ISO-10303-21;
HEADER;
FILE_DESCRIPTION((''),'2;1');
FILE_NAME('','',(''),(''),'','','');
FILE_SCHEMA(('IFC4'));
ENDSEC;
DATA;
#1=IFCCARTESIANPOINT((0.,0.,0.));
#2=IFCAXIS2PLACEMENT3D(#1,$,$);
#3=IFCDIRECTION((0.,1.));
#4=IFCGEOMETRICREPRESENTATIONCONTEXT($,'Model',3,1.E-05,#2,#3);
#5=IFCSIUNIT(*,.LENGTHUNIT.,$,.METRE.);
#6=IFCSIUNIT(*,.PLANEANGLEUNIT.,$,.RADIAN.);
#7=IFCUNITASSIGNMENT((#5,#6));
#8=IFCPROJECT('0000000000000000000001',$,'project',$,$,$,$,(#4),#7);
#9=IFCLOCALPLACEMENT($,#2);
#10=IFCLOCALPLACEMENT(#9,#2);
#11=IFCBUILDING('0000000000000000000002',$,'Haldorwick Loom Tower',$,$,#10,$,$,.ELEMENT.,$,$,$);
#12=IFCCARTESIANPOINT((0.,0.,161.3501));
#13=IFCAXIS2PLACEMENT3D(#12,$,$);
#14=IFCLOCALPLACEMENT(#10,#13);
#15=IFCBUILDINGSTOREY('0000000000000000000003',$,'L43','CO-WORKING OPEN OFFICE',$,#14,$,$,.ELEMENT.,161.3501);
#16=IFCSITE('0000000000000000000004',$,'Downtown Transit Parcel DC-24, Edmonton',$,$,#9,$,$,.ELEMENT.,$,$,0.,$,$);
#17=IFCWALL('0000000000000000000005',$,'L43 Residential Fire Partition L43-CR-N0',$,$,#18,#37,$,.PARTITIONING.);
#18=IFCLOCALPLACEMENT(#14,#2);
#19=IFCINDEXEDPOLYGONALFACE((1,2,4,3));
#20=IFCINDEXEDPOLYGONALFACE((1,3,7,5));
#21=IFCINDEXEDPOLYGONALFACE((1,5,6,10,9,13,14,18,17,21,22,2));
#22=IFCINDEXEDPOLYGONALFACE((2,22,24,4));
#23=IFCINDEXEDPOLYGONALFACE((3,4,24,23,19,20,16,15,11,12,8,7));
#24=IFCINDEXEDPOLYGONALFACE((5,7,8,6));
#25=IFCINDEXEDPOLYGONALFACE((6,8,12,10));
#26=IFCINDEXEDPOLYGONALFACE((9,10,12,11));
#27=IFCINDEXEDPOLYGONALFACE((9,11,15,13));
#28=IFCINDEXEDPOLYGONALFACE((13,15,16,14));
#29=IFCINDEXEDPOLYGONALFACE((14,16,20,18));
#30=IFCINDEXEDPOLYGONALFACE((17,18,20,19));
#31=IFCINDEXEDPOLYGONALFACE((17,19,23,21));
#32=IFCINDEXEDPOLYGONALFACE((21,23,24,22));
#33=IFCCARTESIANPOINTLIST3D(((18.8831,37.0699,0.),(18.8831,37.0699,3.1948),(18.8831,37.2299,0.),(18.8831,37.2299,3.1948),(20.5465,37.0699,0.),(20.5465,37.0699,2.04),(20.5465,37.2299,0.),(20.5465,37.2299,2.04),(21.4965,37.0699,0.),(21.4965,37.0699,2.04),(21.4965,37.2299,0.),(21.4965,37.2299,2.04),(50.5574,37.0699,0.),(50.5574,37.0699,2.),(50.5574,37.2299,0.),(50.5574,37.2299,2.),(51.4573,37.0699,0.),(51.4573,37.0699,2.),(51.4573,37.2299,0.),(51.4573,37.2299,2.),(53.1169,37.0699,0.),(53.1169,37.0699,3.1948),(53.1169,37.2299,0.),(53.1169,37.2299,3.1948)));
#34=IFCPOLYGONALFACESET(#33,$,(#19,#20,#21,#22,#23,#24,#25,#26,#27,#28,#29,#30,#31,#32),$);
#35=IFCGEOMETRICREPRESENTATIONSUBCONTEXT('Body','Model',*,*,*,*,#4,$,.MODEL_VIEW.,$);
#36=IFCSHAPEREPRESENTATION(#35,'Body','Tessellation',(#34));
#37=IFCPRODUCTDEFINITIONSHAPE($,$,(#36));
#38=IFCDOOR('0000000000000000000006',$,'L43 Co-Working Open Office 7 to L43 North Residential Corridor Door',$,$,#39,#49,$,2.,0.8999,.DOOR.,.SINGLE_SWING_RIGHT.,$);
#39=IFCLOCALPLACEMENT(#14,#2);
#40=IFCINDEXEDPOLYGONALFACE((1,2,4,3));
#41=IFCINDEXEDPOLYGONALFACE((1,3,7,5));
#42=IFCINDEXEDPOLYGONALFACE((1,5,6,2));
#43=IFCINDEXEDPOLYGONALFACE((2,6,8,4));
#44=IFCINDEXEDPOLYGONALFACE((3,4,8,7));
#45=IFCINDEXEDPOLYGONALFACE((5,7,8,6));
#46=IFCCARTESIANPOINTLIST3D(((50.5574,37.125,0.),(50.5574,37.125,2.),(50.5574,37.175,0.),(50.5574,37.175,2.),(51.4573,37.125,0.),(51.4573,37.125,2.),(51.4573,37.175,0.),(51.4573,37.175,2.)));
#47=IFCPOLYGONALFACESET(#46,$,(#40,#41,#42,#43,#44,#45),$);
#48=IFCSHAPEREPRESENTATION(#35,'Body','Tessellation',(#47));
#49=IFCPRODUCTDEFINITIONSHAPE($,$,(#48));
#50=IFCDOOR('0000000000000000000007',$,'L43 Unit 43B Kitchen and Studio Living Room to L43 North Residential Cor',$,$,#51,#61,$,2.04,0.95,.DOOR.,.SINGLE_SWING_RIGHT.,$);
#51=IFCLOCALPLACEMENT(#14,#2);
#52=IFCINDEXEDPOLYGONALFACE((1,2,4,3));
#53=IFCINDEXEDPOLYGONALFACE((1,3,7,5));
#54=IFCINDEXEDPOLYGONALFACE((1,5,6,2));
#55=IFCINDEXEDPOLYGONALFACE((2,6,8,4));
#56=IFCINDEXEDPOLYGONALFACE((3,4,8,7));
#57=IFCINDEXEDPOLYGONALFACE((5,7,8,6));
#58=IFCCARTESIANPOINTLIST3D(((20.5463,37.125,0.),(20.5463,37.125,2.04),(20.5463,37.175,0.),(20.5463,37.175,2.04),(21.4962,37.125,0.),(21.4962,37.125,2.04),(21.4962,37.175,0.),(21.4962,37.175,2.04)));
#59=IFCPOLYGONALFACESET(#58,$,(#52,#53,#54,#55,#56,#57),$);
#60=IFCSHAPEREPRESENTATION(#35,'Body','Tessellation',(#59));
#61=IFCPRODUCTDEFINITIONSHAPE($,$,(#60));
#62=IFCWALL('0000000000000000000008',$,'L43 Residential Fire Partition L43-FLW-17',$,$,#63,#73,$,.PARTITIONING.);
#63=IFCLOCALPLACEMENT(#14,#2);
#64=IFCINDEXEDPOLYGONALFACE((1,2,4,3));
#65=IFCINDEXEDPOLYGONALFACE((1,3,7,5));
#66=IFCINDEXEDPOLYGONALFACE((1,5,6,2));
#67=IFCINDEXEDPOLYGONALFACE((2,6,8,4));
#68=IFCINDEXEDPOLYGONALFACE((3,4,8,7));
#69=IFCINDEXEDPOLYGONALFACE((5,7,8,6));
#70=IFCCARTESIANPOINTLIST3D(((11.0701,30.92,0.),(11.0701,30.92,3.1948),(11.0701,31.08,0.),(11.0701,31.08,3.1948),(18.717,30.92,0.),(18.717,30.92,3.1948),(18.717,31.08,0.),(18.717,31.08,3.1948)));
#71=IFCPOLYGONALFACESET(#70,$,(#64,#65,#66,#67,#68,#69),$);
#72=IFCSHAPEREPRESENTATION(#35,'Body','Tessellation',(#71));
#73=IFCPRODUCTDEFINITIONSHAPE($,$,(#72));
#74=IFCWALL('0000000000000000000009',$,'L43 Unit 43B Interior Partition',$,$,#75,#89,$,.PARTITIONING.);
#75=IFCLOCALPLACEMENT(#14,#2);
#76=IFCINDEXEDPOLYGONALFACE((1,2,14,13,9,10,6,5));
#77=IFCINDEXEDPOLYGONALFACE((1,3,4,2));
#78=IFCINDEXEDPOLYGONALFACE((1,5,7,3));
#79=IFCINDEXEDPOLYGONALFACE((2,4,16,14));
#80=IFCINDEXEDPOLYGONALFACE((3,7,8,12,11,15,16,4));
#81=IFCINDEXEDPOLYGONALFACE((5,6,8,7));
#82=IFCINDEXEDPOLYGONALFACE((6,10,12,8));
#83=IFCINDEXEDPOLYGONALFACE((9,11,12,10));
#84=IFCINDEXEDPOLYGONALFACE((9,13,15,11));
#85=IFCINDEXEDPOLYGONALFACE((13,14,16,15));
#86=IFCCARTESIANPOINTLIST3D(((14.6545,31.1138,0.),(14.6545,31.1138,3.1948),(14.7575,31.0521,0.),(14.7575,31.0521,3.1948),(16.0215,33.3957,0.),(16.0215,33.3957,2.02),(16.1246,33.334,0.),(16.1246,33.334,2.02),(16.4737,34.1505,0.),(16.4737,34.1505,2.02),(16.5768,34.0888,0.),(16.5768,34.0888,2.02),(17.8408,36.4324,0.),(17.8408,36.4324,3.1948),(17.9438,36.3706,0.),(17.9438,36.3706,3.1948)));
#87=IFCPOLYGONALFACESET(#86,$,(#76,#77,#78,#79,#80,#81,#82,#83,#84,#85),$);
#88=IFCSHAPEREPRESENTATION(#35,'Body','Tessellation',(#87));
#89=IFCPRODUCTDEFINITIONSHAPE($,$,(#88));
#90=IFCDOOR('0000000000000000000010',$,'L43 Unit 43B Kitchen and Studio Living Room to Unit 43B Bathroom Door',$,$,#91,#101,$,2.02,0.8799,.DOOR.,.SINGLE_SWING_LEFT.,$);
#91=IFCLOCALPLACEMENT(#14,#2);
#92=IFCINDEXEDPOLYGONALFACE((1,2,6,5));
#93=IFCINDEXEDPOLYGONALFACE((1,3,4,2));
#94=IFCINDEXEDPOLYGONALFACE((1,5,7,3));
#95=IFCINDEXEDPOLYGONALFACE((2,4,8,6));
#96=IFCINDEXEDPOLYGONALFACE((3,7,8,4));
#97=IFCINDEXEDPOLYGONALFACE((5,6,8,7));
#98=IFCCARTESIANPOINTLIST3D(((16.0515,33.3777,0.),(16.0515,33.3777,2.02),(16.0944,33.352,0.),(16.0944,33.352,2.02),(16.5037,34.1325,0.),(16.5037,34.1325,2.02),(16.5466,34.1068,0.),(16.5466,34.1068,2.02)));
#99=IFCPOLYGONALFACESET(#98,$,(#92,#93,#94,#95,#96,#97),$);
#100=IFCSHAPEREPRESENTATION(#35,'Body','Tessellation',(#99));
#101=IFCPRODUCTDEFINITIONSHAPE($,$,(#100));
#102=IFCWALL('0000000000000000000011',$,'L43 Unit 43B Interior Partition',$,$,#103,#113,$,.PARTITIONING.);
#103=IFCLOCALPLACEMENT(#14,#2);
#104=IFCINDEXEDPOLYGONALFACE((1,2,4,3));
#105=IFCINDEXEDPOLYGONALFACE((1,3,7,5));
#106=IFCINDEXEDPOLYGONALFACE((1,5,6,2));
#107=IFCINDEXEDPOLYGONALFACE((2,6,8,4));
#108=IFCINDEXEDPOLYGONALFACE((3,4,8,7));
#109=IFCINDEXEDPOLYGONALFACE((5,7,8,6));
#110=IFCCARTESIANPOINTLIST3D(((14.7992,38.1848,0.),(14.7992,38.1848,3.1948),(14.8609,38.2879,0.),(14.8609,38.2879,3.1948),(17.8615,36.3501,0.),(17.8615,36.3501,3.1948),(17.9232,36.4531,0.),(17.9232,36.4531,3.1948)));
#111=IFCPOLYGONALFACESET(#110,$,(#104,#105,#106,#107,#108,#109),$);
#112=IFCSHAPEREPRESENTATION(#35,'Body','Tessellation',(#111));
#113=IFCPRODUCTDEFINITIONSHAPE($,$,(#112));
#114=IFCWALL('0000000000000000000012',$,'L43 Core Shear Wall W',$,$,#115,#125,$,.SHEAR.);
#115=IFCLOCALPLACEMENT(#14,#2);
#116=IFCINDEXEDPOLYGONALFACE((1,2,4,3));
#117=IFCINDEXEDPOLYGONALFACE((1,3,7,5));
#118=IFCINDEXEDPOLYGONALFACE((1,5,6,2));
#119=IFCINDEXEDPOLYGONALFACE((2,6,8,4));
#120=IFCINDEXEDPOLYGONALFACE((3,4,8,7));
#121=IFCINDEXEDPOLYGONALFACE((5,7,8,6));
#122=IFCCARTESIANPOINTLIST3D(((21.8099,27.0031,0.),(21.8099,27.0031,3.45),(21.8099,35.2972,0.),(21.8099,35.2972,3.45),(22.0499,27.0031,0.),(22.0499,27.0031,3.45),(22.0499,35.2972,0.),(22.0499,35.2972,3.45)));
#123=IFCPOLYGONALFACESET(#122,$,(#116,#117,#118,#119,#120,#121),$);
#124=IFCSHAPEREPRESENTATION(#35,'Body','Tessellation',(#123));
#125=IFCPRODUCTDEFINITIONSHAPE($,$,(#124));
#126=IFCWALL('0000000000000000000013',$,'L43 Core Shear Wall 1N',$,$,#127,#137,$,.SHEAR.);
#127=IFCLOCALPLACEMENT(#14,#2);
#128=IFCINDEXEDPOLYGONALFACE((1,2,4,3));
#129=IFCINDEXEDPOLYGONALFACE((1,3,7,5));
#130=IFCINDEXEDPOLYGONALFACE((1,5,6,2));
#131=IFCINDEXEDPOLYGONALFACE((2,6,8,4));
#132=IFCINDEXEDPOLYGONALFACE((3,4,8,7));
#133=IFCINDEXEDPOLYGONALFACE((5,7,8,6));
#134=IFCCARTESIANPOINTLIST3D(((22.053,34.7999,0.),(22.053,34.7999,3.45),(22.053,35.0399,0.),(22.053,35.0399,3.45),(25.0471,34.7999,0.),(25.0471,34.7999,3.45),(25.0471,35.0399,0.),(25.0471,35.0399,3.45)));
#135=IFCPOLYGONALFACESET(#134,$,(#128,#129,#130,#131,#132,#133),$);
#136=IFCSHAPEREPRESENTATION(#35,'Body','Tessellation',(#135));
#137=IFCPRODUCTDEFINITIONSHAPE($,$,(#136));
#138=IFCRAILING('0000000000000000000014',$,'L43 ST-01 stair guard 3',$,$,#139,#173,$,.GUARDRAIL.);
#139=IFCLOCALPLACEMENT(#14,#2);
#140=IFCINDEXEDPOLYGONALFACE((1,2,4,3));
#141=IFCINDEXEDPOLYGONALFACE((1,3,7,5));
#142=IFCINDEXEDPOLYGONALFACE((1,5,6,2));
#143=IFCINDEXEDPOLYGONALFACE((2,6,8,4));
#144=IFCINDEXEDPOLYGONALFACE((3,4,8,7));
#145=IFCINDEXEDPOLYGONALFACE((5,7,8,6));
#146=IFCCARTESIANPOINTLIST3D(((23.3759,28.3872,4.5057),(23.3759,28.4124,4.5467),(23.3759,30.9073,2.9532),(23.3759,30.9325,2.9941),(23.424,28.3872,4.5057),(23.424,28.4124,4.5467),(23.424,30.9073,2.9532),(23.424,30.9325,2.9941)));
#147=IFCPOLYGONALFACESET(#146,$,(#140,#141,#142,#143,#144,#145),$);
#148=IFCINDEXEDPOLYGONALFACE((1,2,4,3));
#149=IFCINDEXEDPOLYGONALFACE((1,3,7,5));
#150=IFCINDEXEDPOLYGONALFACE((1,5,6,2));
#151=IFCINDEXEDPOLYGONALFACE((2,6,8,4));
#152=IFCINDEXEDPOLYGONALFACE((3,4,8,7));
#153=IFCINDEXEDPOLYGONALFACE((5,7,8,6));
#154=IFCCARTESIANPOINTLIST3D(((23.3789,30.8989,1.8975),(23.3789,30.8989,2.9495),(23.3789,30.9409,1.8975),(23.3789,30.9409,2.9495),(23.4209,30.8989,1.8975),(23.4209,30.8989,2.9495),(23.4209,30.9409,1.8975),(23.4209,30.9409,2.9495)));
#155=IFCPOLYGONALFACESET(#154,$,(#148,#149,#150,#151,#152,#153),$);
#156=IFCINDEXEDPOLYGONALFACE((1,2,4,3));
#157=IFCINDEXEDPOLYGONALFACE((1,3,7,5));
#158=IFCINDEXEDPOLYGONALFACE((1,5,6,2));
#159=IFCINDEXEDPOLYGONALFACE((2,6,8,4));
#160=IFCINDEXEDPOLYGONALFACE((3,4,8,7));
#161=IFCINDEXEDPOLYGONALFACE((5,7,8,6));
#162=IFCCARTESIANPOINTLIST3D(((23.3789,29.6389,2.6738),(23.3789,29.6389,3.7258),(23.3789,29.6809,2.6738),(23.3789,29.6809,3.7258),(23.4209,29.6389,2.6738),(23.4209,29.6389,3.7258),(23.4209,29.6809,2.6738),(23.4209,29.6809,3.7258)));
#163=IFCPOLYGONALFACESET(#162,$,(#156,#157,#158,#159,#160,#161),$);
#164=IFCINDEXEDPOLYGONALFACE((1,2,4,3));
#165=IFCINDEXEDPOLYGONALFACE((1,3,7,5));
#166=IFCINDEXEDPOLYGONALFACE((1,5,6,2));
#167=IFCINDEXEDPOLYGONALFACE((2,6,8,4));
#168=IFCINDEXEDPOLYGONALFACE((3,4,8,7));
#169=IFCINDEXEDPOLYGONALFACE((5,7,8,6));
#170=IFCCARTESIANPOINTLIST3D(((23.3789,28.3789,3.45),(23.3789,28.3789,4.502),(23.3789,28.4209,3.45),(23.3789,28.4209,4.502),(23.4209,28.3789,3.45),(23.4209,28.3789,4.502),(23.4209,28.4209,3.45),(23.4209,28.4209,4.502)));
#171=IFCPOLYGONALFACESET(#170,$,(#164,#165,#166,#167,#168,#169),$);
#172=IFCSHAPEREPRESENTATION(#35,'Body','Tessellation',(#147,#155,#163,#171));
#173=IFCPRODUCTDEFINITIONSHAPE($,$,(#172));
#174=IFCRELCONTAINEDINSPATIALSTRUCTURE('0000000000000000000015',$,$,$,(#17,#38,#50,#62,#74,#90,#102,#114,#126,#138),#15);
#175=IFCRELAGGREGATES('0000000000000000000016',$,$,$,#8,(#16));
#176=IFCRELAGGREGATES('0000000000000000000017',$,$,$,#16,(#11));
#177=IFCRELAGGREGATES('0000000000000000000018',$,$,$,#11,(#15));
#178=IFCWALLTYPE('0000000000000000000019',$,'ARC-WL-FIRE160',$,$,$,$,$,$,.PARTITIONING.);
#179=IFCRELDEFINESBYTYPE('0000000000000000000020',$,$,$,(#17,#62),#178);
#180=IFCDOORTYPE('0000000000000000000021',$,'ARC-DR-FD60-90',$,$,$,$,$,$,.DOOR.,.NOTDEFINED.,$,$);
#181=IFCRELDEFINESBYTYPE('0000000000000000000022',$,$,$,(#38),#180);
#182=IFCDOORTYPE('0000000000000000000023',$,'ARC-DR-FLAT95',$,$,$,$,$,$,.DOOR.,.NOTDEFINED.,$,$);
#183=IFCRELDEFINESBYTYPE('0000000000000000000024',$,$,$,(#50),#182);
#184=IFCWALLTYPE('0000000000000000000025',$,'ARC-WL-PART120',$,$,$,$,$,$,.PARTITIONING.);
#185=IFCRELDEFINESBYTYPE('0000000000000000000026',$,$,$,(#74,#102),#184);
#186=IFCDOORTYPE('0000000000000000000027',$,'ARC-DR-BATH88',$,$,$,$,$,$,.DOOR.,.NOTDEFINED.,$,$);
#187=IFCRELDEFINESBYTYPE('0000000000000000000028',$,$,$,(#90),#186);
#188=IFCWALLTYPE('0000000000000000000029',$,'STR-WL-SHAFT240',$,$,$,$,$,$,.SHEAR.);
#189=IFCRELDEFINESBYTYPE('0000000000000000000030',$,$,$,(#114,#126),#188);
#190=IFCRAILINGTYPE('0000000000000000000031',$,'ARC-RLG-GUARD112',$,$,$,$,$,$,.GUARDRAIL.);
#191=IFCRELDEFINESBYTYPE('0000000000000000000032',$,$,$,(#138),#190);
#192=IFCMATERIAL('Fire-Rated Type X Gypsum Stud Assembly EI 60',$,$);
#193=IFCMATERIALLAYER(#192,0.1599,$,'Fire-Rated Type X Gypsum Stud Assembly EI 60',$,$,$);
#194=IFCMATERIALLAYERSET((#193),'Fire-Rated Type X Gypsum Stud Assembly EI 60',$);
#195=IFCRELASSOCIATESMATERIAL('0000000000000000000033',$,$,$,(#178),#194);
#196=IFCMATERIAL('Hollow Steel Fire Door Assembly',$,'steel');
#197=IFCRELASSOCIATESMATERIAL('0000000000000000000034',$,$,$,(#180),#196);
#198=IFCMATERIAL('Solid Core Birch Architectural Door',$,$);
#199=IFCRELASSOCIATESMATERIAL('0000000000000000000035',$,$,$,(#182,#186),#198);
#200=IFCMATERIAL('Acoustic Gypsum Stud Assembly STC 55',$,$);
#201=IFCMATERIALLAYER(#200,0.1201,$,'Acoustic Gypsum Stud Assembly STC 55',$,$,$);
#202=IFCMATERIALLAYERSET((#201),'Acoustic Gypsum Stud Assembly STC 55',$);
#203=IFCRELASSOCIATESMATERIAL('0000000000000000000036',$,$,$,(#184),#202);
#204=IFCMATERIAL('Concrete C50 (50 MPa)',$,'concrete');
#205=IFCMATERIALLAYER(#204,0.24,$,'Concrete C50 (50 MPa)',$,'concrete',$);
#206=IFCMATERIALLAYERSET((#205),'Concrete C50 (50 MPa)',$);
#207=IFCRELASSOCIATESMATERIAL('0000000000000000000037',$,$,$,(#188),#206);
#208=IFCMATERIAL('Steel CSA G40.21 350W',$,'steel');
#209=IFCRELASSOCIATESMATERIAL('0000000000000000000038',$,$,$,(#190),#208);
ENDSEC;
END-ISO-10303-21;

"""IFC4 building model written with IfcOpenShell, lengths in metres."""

from ifc_helpers import new_model, si_unit, direction, frame, frame_2d, origin, origin_2d, place, context, subcontext, project, spatial, rectangle, extrude, material, layer, layer_set, type_object, element, fill, save


model = new_model("IFC4")

# Units and contexts
model_context = context("Model", 3, precision=1e-05, world=origin(), true_north=direction((0.0, 1.0)))
body_context = subcontext(model_context, "Body", "Model", "MODEL_VIEW")
ifc_project = project(units=[si_unit("LENGTHUNIT", "METRE"), si_unit("PLANEANGLEUNIT", "RADIAN")], contexts=[model_context])

# Site, building, storey
site_placement = place(None, origin())
site = spatial("IfcSite", under=ifc_project, at=site_placement, Name="Downtown Transit Parcel DC-24, Edmonton", CompositionType="ELEMENT", RefElevation=0.0)
building_placement = place(site_placement, origin())
building = spatial("IfcBuilding", under=site, at=building_placement, Name="Haldorwick Loom Tower", CompositionType="ELEMENT")
storey_placement = place(building_placement, frame((0.0, 0.0, 161.3501)))
storey = spatial("IfcBuildingStorey", under=building, at=storey_placement, Name="L43", Description="CO-WORKING OPEN OFFICE", CompositionType="ELEMENT", Elevation=161.3501)

# Shared definitions
ifc_material_1 = material(Name="Steel CSA G40.21 350W", Category="steel")

# Shared definitions
ifc_material_2 = material(Name="Fire-Rated Type X Gypsum Stud Assembly EI 60")
ifc_layer_1 = layer(ifc_material_2, 0.1599, Name="Fire-Rated Type X Gypsum Stud Assembly EI 60")
ifc_layer_set_1 = layer_set([ifc_layer_1], Name="Fire-Rated Type X Gypsum Stud Assembly EI 60")
wall_type_1 = type_object("IfcWallType", Name="ARC-WL-FIRE160", PredefinedType="PARTITIONING", material=ifc_layer_set_1)

# Wall, openings, doors
wall_1_placement = place(storey_placement, frame((18.8831, 37.1499, 0.0), z_axis=(0.0, 0.0, 1.0), x_axis=(1.0, 0.0, 0.0)))
wall_1 = element("IfcWall", 1, at=wall_1_placement, inside=storey, type_object=wall_type_1, Name="L43 Residential Fire Partition L43-CR-N0", PredefinedType="PARTITIONING", context=body_context, shape_type="SweptSolid", body=[
    extrude(rectangle(XDim=34.2339, YDim=0.1599, at=frame_2d((17.1169, 0.0))), origin(), (0.0, 0.0, 1.0), 3.1948),
])
opening_1_placement = place(wall_1_placement, frame((31.6743, 0.0, 0.0)))
opening_1 = element("IfcOpeningElement", 2, at=opening_1_placement, cuts=wall_1, PredefinedType="OPENING", context=body_context, shape_type="SweptSolid", body=[
    extrude(rectangle(XDim=0.8999, YDim=2.0, at=frame_2d((0.45, 1.0))), frame((0.0, 0.0898, 0.0), z_axis=(0.0, -1.0, 0.0), x_axis=(1.0, 0.0, 0.0)), (0.0, 0.0, 1.0), 0.1799),
])
opening_2_placement = place(wall_1_placement, frame((1.6633, 0.0, 0.0)))
opening_2 = element("IfcOpeningElement", 3, at=opening_2_placement, cuts=wall_1, PredefinedType="OPENING", context=body_context, shape_type="SweptSolid", body=[
    extrude(rectangle(XDim=0.95, YDim=2.04, at=frame_2d((0.4751, 1.02))), frame((0.0, 0.0898, 0.0), z_axis=(0.0, -1.0, 0.0), x_axis=(1.0, 0.0, 0.0)), (0.0, 0.0, 1.0), 0.1799),
])
ifc_material_3 = material(Name="Hollow Steel Fire Door Assembly", Category="steel")
door_type_1 = type_object("IfcDoorType", Name="ARC-DR-FD60-90", OperationType="NOTDEFINED", PredefinedType="DOOR", material=ifc_material_3)
door_1_placement = place(opening_1_placement, frame((0.8999, 0.0, 0.0), z_axis=(0.0, 0.0, 1.0), x_axis=(-1.0, 0.0, 0.0)))
door_1 = element("IfcDoor", 4, at=door_1_placement, inside=storey, type_object=door_type_1, Name="L43 Co-Working Open Office 7 to L43 North Residential Corridor Door", OperationType="SINGLE_SWING_RIGHT", OverallHeight=2.0, OverallWidth=0.8999, PredefinedType="DOOR", context=body_context, shape_type="SweptSolid", body=[
    extrude(rectangle(XDim=0.8999, YDim=2.0, at=frame_2d((0.45, 1.0))), frame((0.0, 0.0249, 0.0), z_axis=(0.0, -1.0, 0.0), x_axis=(1.0, 0.0, 0.0)), (0.0, 0.0, 1.0), 0.05),
])
fill(opening_1, door_1)
ifc_material_4 = material(Name="Solid Core Birch Architectural Door")
door_type_2 = type_object("IfcDoorType", Name="ARC-DR-FLAT95", OperationType="NOTDEFINED", PredefinedType="DOOR", material=ifc_material_4)
door_2_placement = place(opening_2_placement, frame((0.95, 0.0, 0.0), z_axis=(0.0, 0.0, 1.0), x_axis=(-1.0, 0.0, 0.0)))
door_2 = element("IfcDoor", 5, at=door_2_placement, inside=storey, type_object=door_type_2, Name="L43 Unit 43B Kitchen and Studio Living Room to L43 North Residential Cor", OperationType="SINGLE_SWING_RIGHT", OverallHeight=2.04, OverallWidth=0.95, PredefinedType="DOOR", context=body_context, shape_type="SweptSolid", body=[
    extrude(rectangle(XDim=0.95, YDim=2.04, at=frame_2d((0.4751, 1.02))), frame((0.0, 0.0249, 0.0), z_axis=(0.0, -1.0, 0.0), x_axis=(1.0, 0.0, 0.0)), (0.0, 0.0, 1.0), 0.05),
])
fill(opening_2, door_2)

# Wall
wall_2_placement = place(storey_placement, frame((11.0701, 31.0, 0.0), z_axis=(0.0, 0.0, 1.0), x_axis=(1.0, 0.0, 0.0)))
element("IfcWall", 6, at=wall_2_placement, inside=storey, type_object=wall_type_1, Name="L43 Residential Fire Partition L43-FLW-17", PredefinedType="PARTITIONING", context=body_context, shape_type="SweptSolid", body=[
    extrude(rectangle(XDim=7.647, YDim=0.1599, at=frame_2d((3.8235, 0.0))), origin(), (0.0, 0.0, 1.0), 3.1948),
])

# Wall, opening, door
ifc_material_5 = material(Name="Acoustic Gypsum Stud Assembly STC 55")
ifc_layer_2 = layer(ifc_material_5, 0.1201, Name="Acoustic Gypsum Stud Assembly STC 55")
ifc_layer_set_2 = layer_set([ifc_layer_2], Name="Acoustic Gypsum Stud Assembly STC 55")
wall_type_2 = type_object("IfcWallType", Name="ARC-WL-PART120", PredefinedType="PARTITIONING", material=ifc_layer_set_2)
wall_3_placement = place(storey_placement, frame((17.8923, 36.4016, 0.0), z_axis=(0.0, 0.0, 1.0), x_axis=(-0.513917, -0.85784, 0.0)))
wall_3 = element("IfcWall", 7, at=wall_3_placement, inside=storey, type_object=wall_type_2, Name="L43 Unit 43B Interior Partition", PredefinedType="PARTITIONING", context=body_context, shape_type="SweptSolid", body=[
    extrude(rectangle(XDim=6.2, YDim=0.1201, at=frame_2d((3.1001, 0.0))), origin(), (0.0, 0.0, 1.0), 3.1948),
])
opening_3_placement = place(wall_3_placement, frame((2.6602, 0.0, 0.0)))
opening_3 = element("IfcOpeningElement", 8, at=opening_3_placement, cuts=wall_3, PredefinedType="OPENING", context=body_context, shape_type="SweptSolid", body=[
    extrude(rectangle(XDim=0.8799, YDim=2.02, at=frame_2d((0.4399, 1.01))), frame((0.0, 0.0701, 0.0), z_axis=(0.0, -1.0, 0.0), x_axis=(1.0, 0.0, 0.0)), (0.0, 0.0, 1.0), 0.1401),
])
door_type_3 = type_object("IfcDoorType", Name="ARC-DR-BATH88", OperationType="NOTDEFINED", PredefinedType="DOOR", material=ifc_material_4)
door_3_placement = place(opening_3_placement, origin())
door_3 = element("IfcDoor", 9, at=door_3_placement, inside=storey, type_object=door_type_3, Name="L43 Unit 43B Kitchen and Studio Living Room to Unit 43B Bathroom Door", OperationType="SINGLE_SWING_LEFT", OverallHeight=2.02, OverallWidth=0.8799, PredefinedType="DOOR", context=body_context, shape_type="SweptSolid", body=[
    extrude(rectangle(XDim=0.8799, YDim=2.02, at=frame_2d((0.4399, 1.01))), frame((0.0, 0.0249, 0.0), z_axis=(0.0, -1.0, 0.0), x_axis=(1.0, 0.0, 0.0)), (0.0, 0.0, 1.0), 0.05),
])
fill(opening_3, door_3)

# Walls
wall_4_placement = place(storey_placement, frame((17.8923, 36.4016, 0.0), z_axis=(0.0, 0.0, 1.0), x_axis=(-0.857819, 0.513953, 0.0)))
element("IfcWall", 10, at=wall_4_placement, inside=storey, type_object=wall_type_2, Name="L43 Unit 43B Interior Partition", PredefinedType="PARTITIONING", context=body_context, shape_type="SweptSolid", body=[
    extrude(rectangle(XDim=3.5698, YDim=0.1201, at=frame_2d((1.7849, 0.0))), origin(), (0.0, 0.0, 1.0), 3.1948),
])
ifc_material_6 = material(Name="Concrete C50 (50 MPa)", Category="concrete")
ifc_layer_3 = layer(ifc_material_6, 0.24, Name="Concrete C50 (50 MPa)", Category="concrete")
ifc_layer_set_3 = layer_set([ifc_layer_3], Name="Concrete C50 (50 MPa)")
wall_type_3 = type_object("IfcWallType", Name="STR-WL-SHAFT240", PredefinedType="SHEAR", material=ifc_layer_set_3)
wall_5_placement = place(storey_placement, frame((21.9299, 35.2971, 0.0), z_axis=(0.0, 0.0, 1.0), x_axis=(0.0, -1.0, 0.0)))
element("IfcWall", 11, at=wall_5_placement, inside=storey, type_object=wall_type_3, Name="L43 Core Shear Wall W", PredefinedType="SHEAR", context=body_context, shape_type="SweptSolid", body=[
    extrude(rectangle(XDim=8.2942, YDim=0.24, at=frame_2d((4.147, 0.0))), origin(), (0.0, 0.0, 1.0), 3.45),
])
wall_6_placement = place(storey_placement, frame((22.053, 34.9199, 0.0), z_axis=(0.0, 0.0, 1.0), x_axis=(1.0, 0.0, 0.0)))
element("IfcWall", 12, at=wall_6_placement, inside=storey, type_object=wall_type_3, Name="L43 Core Shear Wall 1N", PredefinedType="SHEAR", context=body_context, shape_type="SweptSolid", body=[
    extrude(rectangle(XDim=2.9941, YDim=0.24, at=frame_2d((1.4971, 0.0))), origin(), (0.0, 0.0, 1.0), 3.45),
])

# Railing
railing_type = type_object("IfcRailingType", Name="ARC-RLG-GUARD112", PredefinedType="GUARDRAIL", material=ifc_material_1)
railing_placement = place(storey_placement, frame((23.3999, 30.9199, 1.8975)))
element("IfcRailing", 13, at=railing_placement, inside=storey, type_object=railing_type, Name="L43 ST-01 stair guard 3", PredefinedType="GUARDRAIL", context=body_context, shape_type="SweptSolid", body=[
    extrude(rectangle(XDim=0.0481, YDim=0.0481, at=origin_2d()), frame((0.0, 0.0, 1.0762), z_axis=(0.0, -0.8514, 0.524516), x_axis=(1.0, 0.0, 0.0)), (0.0, 0.0, 1.0), 2.96),
    extrude(rectangle(XDim=0.042, YDim=0.042, at=origin_2d()), origin(), (0.0, 0.0, 1.0), 1.052),
    extrude(rectangle(XDim=0.042, YDim=0.042, at=origin_2d()), frame((0.0, -1.26, 0.7764)), (0.0, 0.0, 1.0), 1.052),
    extrude(rectangle(XDim=0.042, YDim=0.042, at=origin_2d()), frame((0.0, -2.52, 1.5525)), (0.0, 0.0, 1.0), 1.052),
])

save(model, "model.ifc")
